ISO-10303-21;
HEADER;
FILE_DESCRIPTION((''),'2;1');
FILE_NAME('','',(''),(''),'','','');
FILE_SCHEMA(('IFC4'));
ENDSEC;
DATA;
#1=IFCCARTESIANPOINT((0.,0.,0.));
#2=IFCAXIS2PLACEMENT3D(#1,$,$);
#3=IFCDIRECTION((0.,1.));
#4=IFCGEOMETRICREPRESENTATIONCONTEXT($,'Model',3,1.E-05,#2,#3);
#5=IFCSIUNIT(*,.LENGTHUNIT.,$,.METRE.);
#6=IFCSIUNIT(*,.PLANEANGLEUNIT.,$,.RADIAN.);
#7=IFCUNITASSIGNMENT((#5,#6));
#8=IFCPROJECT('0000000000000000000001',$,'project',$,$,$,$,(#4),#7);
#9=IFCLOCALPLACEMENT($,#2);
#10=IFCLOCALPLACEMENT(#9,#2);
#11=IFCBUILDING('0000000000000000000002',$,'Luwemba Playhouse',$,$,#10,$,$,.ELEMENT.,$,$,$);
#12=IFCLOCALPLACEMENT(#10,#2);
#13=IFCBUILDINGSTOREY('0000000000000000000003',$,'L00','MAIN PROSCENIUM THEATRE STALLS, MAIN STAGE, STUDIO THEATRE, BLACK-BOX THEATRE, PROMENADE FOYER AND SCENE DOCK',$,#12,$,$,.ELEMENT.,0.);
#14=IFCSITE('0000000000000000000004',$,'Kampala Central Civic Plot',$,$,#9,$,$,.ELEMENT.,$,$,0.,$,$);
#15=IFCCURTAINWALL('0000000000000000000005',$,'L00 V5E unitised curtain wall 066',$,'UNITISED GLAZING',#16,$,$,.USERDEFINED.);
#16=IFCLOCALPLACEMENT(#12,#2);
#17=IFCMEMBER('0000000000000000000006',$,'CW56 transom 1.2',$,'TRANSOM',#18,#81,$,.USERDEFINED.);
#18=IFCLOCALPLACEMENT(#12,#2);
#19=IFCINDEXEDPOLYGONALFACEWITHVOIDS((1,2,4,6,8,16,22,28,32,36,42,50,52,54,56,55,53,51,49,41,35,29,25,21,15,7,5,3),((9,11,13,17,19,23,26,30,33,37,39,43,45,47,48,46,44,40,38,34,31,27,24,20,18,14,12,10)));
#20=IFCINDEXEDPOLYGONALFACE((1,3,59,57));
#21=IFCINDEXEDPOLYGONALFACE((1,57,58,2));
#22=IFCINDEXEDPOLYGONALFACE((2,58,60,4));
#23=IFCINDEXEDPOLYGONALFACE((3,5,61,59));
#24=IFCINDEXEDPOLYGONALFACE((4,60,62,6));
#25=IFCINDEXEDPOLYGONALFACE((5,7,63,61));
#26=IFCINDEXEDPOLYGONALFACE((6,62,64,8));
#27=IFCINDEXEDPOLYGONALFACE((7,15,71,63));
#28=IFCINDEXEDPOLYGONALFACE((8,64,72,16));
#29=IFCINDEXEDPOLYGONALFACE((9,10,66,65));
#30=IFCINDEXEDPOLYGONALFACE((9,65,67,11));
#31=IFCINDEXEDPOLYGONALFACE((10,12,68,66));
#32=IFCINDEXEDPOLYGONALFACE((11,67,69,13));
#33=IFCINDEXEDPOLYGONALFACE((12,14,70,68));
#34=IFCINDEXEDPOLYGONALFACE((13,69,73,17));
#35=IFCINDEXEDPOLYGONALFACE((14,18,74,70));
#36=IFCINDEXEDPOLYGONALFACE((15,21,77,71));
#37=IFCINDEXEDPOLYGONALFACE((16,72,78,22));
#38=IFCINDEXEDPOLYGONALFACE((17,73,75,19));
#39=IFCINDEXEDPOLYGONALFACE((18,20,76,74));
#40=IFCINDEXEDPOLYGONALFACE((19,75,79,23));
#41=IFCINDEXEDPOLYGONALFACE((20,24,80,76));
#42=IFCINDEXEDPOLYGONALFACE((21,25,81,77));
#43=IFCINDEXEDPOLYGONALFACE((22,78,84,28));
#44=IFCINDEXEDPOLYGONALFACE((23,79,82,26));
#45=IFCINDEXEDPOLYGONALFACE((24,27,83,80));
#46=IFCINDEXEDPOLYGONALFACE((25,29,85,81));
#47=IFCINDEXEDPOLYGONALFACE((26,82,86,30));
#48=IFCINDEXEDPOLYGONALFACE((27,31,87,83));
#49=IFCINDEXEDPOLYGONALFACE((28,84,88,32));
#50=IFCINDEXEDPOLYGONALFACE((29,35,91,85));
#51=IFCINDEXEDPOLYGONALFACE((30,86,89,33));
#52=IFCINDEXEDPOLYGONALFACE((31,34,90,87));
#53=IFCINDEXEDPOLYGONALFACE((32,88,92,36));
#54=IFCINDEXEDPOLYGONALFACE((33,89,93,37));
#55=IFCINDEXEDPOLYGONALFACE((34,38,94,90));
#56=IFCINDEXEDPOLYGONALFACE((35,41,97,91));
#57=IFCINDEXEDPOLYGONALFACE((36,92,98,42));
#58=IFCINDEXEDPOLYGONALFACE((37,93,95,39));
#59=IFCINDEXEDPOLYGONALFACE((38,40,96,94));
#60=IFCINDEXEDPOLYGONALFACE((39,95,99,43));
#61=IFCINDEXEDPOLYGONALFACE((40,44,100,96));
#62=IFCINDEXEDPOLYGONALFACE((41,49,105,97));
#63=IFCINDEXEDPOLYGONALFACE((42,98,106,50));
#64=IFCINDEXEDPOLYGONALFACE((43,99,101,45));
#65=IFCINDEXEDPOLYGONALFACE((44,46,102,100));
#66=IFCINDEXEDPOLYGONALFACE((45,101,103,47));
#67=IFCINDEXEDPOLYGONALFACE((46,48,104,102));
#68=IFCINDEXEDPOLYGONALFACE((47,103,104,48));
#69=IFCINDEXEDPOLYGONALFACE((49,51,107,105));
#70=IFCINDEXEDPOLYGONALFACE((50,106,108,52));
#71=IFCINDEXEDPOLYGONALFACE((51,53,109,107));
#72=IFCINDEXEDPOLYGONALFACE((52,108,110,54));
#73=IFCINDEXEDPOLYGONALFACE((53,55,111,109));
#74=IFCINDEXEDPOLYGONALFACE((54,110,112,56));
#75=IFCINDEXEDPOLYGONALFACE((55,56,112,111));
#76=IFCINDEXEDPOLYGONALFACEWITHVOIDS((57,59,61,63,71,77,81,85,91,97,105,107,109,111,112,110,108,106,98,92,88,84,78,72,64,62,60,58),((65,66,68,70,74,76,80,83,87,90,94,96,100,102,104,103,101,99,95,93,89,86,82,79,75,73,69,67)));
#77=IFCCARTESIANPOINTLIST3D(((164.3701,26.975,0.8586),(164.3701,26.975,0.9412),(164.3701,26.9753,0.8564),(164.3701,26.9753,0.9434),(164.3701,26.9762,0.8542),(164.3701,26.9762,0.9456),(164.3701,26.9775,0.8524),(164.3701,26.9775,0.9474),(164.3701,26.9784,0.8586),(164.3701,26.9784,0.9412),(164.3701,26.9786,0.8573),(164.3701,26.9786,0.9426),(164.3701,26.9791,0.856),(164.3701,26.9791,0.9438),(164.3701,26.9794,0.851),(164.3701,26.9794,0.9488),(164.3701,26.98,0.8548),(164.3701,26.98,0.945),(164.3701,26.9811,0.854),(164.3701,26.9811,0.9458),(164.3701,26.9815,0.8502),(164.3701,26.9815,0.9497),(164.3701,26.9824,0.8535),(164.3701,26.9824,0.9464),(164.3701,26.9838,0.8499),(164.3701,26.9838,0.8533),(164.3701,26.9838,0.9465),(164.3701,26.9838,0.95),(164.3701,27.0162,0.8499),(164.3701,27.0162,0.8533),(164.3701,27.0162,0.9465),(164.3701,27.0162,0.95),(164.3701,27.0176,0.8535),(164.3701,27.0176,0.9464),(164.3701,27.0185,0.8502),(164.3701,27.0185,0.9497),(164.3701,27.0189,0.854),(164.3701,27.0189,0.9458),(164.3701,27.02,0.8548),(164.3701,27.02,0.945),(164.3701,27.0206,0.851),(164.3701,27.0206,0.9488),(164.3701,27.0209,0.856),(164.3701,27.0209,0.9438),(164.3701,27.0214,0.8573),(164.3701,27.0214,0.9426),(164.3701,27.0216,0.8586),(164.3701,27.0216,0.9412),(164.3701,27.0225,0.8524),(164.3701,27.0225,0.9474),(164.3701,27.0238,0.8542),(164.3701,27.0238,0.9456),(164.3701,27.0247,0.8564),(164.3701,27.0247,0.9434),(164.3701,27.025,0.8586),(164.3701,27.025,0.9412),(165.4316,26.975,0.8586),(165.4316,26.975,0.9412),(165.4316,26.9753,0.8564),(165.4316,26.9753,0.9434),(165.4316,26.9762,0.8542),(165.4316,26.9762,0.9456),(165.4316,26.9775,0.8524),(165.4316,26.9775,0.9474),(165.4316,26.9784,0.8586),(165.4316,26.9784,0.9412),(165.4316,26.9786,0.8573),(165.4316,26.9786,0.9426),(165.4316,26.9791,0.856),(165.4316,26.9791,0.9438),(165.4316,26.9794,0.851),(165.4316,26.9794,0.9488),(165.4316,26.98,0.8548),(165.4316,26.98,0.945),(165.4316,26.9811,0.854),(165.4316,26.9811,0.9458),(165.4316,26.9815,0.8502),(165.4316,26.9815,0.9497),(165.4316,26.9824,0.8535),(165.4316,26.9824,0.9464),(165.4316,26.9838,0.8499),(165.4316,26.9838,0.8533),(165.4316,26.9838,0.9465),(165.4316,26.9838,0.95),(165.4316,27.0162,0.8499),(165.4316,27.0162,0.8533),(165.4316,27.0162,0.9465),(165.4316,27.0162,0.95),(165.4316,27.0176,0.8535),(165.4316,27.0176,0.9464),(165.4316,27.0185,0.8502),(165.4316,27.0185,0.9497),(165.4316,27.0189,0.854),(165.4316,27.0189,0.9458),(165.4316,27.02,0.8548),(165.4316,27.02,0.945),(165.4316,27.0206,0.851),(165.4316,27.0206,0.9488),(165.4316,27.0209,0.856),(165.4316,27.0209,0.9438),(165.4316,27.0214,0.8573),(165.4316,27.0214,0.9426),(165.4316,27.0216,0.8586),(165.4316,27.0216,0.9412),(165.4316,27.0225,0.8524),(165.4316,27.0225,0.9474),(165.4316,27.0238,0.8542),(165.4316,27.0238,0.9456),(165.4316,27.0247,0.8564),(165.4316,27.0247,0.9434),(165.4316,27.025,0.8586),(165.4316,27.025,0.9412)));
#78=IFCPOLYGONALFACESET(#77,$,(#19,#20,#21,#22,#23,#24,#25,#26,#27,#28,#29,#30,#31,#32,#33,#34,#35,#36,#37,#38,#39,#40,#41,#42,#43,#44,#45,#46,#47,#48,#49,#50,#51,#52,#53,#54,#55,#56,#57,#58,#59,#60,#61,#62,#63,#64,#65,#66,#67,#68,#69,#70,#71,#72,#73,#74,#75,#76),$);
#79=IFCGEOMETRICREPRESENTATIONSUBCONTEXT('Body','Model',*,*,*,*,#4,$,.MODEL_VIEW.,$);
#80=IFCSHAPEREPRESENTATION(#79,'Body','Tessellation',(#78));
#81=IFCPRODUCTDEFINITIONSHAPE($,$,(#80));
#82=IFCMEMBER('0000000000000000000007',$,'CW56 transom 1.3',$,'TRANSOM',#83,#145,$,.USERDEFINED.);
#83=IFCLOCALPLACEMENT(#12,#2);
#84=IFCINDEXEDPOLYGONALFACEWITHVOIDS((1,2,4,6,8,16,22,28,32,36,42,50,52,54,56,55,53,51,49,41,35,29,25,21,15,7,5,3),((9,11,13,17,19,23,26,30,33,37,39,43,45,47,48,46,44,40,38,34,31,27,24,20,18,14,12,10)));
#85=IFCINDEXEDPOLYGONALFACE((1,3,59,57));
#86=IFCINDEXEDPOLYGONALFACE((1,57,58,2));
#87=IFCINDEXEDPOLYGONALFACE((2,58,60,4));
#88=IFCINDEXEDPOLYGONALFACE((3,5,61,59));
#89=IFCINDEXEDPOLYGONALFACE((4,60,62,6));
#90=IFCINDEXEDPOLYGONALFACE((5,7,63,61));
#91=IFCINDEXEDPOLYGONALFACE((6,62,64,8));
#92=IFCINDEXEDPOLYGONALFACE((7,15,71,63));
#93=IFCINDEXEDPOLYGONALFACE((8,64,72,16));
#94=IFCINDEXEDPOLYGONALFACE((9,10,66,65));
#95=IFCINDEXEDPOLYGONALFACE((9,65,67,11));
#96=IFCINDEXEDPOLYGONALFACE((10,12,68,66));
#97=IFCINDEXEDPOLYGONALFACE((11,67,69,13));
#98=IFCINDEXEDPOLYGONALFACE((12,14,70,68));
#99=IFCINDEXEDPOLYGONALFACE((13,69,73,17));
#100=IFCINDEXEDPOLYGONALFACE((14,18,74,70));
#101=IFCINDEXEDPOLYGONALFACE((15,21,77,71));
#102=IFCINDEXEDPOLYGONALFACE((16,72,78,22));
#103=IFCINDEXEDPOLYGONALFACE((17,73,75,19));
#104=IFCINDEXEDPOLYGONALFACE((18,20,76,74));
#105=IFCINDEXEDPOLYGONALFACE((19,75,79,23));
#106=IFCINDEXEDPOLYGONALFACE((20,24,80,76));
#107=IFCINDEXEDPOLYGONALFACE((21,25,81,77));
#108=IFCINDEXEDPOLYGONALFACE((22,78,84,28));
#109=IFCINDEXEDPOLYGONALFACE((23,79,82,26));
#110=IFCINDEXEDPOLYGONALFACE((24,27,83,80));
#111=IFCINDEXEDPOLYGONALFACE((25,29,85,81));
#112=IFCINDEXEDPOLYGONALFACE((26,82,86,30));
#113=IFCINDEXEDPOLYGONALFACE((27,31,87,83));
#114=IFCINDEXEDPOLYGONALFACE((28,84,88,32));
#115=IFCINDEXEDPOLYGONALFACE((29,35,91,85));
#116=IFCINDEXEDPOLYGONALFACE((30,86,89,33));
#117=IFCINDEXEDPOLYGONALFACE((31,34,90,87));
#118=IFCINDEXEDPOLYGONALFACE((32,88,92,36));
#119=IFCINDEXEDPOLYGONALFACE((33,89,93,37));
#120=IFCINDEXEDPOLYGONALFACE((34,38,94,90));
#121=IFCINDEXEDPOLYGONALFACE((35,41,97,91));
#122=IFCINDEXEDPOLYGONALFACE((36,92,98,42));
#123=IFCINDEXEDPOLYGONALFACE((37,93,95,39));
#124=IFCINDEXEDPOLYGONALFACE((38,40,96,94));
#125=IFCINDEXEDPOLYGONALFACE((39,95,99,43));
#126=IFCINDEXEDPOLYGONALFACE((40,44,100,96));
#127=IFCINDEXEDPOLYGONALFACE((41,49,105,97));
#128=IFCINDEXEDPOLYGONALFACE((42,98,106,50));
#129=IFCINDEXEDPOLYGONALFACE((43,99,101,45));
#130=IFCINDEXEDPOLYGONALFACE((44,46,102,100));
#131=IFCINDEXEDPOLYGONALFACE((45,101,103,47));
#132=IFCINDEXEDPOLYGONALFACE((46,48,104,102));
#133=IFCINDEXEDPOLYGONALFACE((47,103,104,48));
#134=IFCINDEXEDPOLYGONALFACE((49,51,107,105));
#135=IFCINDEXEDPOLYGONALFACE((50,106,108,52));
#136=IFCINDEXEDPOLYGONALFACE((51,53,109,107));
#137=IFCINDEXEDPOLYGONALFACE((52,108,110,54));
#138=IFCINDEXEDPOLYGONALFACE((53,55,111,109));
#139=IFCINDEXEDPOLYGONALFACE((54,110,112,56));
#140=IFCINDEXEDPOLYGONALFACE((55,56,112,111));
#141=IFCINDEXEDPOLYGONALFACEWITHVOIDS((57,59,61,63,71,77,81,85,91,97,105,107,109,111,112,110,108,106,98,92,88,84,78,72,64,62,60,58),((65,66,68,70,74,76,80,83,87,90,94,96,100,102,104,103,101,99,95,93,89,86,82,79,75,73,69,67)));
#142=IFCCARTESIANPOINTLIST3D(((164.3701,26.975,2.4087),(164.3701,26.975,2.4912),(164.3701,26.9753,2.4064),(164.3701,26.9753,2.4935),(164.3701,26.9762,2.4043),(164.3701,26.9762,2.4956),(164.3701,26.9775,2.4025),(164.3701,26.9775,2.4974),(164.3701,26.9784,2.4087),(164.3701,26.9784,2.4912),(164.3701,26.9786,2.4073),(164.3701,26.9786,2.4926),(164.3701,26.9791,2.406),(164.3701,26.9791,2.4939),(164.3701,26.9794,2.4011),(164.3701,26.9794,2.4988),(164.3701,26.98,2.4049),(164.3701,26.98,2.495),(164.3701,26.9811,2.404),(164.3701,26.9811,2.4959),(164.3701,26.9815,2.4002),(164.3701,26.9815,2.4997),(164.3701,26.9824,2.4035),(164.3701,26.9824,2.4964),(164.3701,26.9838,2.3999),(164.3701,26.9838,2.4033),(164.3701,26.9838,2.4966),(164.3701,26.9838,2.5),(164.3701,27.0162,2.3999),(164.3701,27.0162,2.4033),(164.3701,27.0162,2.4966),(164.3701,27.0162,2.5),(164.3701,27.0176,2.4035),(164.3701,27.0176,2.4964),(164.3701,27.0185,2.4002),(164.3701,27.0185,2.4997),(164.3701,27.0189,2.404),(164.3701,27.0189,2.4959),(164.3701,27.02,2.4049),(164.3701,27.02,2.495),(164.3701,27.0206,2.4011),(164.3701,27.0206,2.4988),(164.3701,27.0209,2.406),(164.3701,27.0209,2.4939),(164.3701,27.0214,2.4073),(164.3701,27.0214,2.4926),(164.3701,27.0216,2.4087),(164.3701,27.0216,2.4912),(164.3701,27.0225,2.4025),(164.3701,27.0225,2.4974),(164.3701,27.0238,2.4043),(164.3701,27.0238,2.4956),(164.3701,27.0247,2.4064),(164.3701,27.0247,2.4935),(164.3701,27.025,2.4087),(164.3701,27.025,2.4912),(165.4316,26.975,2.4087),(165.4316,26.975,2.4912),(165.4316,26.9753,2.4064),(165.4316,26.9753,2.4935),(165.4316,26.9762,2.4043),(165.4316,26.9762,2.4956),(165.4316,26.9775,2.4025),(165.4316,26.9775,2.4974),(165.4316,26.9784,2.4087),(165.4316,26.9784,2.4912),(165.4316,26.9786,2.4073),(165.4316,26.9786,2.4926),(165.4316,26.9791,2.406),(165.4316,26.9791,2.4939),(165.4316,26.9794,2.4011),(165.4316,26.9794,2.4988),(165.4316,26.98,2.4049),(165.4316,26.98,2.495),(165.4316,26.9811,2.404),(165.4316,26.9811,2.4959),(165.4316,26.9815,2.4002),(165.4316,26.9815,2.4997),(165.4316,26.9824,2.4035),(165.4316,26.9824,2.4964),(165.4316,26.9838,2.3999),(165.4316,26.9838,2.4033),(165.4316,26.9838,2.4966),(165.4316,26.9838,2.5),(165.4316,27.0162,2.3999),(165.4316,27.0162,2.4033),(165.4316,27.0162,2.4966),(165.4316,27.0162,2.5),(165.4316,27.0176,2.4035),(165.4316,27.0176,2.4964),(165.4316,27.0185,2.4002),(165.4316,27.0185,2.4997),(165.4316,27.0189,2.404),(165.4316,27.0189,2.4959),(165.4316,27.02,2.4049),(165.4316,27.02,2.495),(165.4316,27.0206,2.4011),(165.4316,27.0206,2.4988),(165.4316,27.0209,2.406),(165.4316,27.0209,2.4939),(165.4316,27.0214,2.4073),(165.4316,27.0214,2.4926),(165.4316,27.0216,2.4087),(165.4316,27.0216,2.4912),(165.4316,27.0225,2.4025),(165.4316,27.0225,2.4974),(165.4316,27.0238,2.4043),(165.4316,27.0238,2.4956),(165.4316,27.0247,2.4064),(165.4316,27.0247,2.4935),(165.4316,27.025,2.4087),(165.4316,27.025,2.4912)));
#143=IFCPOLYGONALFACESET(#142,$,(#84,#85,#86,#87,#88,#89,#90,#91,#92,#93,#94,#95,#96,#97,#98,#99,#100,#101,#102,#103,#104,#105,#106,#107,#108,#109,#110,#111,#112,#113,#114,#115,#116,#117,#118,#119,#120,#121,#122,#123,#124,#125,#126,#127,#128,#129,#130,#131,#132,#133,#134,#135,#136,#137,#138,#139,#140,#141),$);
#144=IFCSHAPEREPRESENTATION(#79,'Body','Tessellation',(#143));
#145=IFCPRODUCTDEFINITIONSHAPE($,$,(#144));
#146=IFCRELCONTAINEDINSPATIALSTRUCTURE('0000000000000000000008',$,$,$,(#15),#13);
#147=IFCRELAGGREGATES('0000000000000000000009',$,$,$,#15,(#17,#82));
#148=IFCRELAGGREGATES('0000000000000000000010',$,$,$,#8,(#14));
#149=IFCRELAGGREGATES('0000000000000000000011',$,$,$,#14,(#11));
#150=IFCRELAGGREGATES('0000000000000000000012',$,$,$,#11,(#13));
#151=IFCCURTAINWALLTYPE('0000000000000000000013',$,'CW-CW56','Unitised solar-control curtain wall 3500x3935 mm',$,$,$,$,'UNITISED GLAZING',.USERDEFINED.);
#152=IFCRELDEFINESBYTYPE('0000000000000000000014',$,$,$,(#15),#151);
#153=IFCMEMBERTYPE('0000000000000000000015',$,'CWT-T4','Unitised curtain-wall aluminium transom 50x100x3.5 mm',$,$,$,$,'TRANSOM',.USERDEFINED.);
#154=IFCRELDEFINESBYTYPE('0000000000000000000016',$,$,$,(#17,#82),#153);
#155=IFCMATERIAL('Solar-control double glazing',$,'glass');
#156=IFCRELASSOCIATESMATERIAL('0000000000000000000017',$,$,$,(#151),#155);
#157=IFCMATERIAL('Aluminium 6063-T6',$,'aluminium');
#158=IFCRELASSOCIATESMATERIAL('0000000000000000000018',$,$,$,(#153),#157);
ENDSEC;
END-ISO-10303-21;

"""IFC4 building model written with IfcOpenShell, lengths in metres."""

from ifc_helpers import new_model, si_unit, direction, frame, origin, origin_2d, place, context, subcontext, project, spatial, hollow_rectangle, extrude, material, material_profile, profile_set, type_object, element, aggregate, save


model = new_model("IFC4")

# Units and contexts
model_context = context("Model", 3, precision=1e-05, world=origin(), true_north=direction((0.0, 1.0)))
body_context = subcontext(model_context, "Body", "Model", "MODEL_VIEW")
ifc_project = project(units=[si_unit("LENGTHUNIT", "METRE"), si_unit("PLANEANGLEUNIT", "RADIAN")], contexts=[model_context])

# Site, building, storey
site_placement = place(None, origin())
site = spatial("IfcSite", under=ifc_project, at=site_placement, Name="Kampala Central Civic Plot", CompositionType="ELEMENT", RefElevation=0.0)
building_placement = place(site_placement, origin())
building = spatial("IfcBuilding", under=site, at=building_placement, Name="Luwemba Playhouse", CompositionType="ELEMENT")
storey_placement = place(building_placement, origin())
storey = spatial("IfcBuildingStorey", under=building, at=storey_placement, Name="L00", Description="MAIN PROSCENIUM THEATRE STALLS, MAIN STAGE, STUDIO THEATRE, BLACK-BOX THEATRE, PROMENADE FOYER AND SCENE DOCK", CompositionType="ELEMENT", Elevation=0.0)

# Shared definitions
ifc_material_1 = material(Name="Solar-control double glazing", Category="glass")
ifc_material_2 = material(Name="Aluminium 6063-T6", Category="aluminium")

# Curtain wall
curtain_wall_type_1 = type_object("IfcCurtainWallType", Name="CW-CW56", Description="Unitised solar-control curtain wall 3500x3935 mm", ElementType="UNITISED GLAZING", PredefinedType="USERDEFINED", material=ifc_material_1)
curtain_wall_1_placement = place(storey_placement, origin())
curtain_wall_1 = element("IfcCurtainWall", 1, at=curtain_wall_1_placement, inside=storey, type_object=curtain_wall_type_1, Name="L00 V5E unitised curtain wall 066", ObjectType="UNITISED GLAZING", PredefinedType="USERDEFINED")

# Members
ifc_material_profile_1 = material_profile(ifc_material_2, hollow_rectangle(XDim=0.05, YDim=0.1001, WallThickness=0.0034, InnerFilletRadius=0.0054, OuterFilletRadius=0.0088, at=origin_2d()))
ifc_profile_set_1 = profile_set([ifc_material_profile_1], Name="Aluminium 6063-T6")
member_type_1 = type_object("IfcMemberType", Name="CWT-T4", Description="Unitised curtain-wall aluminium transom 50x100x3.5 mm", ElementType="TRANSOM", PredefinedType="USERDEFINED", material=ifc_profile_set_1)
member_1_placement = place(storey_placement, frame((164.3701, 27.0, 0.8999), z_axis=(1.0, 0.0, 0.0), x_axis=(0.0, 1.0, 0.0)))
member_1 = element("IfcMember", 2, at=member_1_placement, type_object=member_type_1, Name="CW56 transom 1.2", ObjectType="TRANSOM", PredefinedType="USERDEFINED", context=body_context, shape_type="SweptSolid", body=[
    extrude(hollow_rectangle(XDim=0.05, YDim=0.1001, WallThickness=0.0034, InnerFilletRadius=0.0054, OuterFilletRadius=0.0088, at=origin_2d()), origin(), (0.0, 0.0, 1.0), 1.0615),
])
member_2_placement = place(storey_placement, frame((164.3701, 27.0, 2.45), z_axis=(1.0, 0.0, 0.0), x_axis=(0.0, 1.0, 0.0)))
member_2 = element("IfcMember", 3, at=member_2_placement, type_object=member_type_1, Name="CW56 transom 1.3", ObjectType="TRANSOM", PredefinedType="USERDEFINED", context=body_context, shape_type="SweptSolid", body=[
    extrude(hollow_rectangle(XDim=0.05, YDim=0.1001, WallThickness=0.0034, InnerFilletRadius=0.0054, OuterFilletRadius=0.0088, at=origin_2d()), origin(), (0.0, 0.0, 1.0), 1.0615),
])

aggregate(curtain_wall_1, [member_1, member_2])

save(model, "model.ifc")
